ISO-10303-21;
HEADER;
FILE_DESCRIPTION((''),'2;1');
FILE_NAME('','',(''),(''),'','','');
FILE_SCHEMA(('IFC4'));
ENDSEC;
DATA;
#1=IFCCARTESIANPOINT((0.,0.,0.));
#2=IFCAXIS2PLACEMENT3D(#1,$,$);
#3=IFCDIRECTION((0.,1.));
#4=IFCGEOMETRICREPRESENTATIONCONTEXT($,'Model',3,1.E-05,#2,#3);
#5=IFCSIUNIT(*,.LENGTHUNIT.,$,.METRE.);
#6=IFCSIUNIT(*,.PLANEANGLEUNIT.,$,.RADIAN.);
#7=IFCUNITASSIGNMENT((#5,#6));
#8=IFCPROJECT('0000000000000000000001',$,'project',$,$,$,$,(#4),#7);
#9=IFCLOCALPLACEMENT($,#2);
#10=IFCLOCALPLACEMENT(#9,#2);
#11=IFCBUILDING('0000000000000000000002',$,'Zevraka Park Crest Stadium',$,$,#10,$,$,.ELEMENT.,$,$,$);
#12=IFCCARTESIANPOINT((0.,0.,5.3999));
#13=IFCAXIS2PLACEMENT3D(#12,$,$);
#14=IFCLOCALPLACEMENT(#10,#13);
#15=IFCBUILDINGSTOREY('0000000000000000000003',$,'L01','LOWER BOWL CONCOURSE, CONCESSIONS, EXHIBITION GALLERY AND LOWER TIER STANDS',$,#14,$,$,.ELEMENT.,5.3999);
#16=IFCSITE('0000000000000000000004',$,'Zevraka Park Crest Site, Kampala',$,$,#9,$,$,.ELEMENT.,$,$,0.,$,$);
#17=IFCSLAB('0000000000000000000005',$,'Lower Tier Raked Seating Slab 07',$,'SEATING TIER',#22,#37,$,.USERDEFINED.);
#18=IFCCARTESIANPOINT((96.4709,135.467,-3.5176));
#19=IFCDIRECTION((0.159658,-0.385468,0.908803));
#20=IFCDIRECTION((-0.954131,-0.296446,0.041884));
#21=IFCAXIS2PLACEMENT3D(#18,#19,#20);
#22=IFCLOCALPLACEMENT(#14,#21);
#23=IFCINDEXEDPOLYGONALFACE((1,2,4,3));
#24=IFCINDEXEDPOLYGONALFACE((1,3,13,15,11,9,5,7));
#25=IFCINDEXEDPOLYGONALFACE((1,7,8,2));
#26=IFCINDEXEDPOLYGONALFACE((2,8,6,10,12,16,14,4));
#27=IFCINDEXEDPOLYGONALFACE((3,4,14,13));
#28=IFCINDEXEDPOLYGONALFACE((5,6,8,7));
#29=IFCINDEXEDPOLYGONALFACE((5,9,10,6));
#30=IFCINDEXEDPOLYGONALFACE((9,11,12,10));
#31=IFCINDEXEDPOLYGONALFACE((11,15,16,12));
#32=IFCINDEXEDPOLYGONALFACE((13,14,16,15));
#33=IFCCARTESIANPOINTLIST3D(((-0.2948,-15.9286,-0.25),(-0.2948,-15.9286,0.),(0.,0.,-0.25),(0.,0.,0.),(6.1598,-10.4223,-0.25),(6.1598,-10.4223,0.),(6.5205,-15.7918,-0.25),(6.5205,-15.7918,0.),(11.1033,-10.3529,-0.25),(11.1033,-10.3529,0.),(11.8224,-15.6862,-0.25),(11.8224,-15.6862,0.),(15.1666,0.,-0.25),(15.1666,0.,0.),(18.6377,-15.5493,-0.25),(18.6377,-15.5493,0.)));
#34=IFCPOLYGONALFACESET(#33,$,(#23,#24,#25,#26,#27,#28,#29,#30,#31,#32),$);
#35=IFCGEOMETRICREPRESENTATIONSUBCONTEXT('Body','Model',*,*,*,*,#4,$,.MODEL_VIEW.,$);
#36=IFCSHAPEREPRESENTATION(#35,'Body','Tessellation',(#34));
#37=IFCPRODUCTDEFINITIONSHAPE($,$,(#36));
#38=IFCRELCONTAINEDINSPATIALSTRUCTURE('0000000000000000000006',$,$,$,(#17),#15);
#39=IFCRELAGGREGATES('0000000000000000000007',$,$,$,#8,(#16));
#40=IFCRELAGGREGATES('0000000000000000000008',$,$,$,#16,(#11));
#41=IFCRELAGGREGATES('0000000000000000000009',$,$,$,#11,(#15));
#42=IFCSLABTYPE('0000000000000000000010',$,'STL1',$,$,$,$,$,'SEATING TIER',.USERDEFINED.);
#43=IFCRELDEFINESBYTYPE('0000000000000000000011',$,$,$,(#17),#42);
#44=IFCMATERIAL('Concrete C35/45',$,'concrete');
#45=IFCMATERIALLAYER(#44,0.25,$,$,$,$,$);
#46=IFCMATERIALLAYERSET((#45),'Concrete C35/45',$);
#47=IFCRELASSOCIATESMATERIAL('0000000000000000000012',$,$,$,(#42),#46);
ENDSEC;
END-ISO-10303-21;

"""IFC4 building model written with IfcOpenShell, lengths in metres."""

from ifc_helpers import new_model, si_unit, direction, frame, origin, place, context, subcontext, project, spatial, polyline, outline, extrude, material, layer, layer_set, type_object, element, save


model = new_model("IFC4")

# Units and contexts
model_context = context("Model", 3, precision=1e-05, world=origin(), true_north=direction((0.0, 1.0)))
body_context = subcontext(model_context, "Body", "Model", "MODEL_VIEW")
ifc_project = project(units=[si_unit("LENGTHUNIT", "METRE"), si_unit("PLANEANGLEUNIT", "RADIAN")], contexts=[model_context])

# Site, building, storey
site_placement = place(None, origin())
site = spatial("IfcSite", under=ifc_project, at=site_placement, Name="Zevraka Park Crest Site, Kampala", CompositionType="ELEMENT", RefElevation=0.0)
building_placement = place(site_placement, origin())
building = spatial("IfcBuilding", under=site, at=building_placement, Name="Zevraka Park Crest Stadium", CompositionType="ELEMENT")
storey_placement = place(building_placement, frame((0.0, 0.0, 5.3999)))
storey = spatial("IfcBuildingStorey", under=building, at=storey_placement, Name="L01", Description="LOWER BOWL CONCOURSE, CONCESSIONS, EXHIBITION GALLERY AND LOWER TIER STANDS", CompositionType="ELEMENT", Elevation=5.3999)

# Slab
ifc_material_1 = material(Name="Concrete C35/45", Category="concrete")
ifc_layer_1 = layer(ifc_material_1, 0.25)
ifc_layer_set_1 = layer_set([ifc_layer_1], Name="Concrete C35/45")
slab_type = type_object("IfcSlabType", Name="STL1", ElementType="SEATING TIER", PredefinedType="USERDEFINED", material=ifc_layer_set_1)
slab_1_placement = place(storey_placement, frame((96.4709, 135.467, -3.5176), z_axis=(0.159658, -0.385468, 0.908803), x_axis=(-0.954131, -0.296446, 0.041884)))
element("IfcSlab", 1, at=slab_1_placement, inside=storey, type_object=slab_type, Name="Lower Tier Raked Seating Slab 07", ObjectType="SEATING TIER", PredefinedType="USERDEFINED", context=body_context, shape_type="SweptSolid", body=[
    extrude(outline(polyline([(0.0, 0.0), (15.1666, 0.0), (18.6377, -15.5493), (11.8224, -15.6862), (11.1033, -10.3529), (6.1598, -10.4223), (6.5205, -15.7918), (-0.2948, -15.9286), (0.0, 0.0)])), origin(), (0.0, 0.0, -1.0), 0.25),
])

save(model, "model.ifc")
